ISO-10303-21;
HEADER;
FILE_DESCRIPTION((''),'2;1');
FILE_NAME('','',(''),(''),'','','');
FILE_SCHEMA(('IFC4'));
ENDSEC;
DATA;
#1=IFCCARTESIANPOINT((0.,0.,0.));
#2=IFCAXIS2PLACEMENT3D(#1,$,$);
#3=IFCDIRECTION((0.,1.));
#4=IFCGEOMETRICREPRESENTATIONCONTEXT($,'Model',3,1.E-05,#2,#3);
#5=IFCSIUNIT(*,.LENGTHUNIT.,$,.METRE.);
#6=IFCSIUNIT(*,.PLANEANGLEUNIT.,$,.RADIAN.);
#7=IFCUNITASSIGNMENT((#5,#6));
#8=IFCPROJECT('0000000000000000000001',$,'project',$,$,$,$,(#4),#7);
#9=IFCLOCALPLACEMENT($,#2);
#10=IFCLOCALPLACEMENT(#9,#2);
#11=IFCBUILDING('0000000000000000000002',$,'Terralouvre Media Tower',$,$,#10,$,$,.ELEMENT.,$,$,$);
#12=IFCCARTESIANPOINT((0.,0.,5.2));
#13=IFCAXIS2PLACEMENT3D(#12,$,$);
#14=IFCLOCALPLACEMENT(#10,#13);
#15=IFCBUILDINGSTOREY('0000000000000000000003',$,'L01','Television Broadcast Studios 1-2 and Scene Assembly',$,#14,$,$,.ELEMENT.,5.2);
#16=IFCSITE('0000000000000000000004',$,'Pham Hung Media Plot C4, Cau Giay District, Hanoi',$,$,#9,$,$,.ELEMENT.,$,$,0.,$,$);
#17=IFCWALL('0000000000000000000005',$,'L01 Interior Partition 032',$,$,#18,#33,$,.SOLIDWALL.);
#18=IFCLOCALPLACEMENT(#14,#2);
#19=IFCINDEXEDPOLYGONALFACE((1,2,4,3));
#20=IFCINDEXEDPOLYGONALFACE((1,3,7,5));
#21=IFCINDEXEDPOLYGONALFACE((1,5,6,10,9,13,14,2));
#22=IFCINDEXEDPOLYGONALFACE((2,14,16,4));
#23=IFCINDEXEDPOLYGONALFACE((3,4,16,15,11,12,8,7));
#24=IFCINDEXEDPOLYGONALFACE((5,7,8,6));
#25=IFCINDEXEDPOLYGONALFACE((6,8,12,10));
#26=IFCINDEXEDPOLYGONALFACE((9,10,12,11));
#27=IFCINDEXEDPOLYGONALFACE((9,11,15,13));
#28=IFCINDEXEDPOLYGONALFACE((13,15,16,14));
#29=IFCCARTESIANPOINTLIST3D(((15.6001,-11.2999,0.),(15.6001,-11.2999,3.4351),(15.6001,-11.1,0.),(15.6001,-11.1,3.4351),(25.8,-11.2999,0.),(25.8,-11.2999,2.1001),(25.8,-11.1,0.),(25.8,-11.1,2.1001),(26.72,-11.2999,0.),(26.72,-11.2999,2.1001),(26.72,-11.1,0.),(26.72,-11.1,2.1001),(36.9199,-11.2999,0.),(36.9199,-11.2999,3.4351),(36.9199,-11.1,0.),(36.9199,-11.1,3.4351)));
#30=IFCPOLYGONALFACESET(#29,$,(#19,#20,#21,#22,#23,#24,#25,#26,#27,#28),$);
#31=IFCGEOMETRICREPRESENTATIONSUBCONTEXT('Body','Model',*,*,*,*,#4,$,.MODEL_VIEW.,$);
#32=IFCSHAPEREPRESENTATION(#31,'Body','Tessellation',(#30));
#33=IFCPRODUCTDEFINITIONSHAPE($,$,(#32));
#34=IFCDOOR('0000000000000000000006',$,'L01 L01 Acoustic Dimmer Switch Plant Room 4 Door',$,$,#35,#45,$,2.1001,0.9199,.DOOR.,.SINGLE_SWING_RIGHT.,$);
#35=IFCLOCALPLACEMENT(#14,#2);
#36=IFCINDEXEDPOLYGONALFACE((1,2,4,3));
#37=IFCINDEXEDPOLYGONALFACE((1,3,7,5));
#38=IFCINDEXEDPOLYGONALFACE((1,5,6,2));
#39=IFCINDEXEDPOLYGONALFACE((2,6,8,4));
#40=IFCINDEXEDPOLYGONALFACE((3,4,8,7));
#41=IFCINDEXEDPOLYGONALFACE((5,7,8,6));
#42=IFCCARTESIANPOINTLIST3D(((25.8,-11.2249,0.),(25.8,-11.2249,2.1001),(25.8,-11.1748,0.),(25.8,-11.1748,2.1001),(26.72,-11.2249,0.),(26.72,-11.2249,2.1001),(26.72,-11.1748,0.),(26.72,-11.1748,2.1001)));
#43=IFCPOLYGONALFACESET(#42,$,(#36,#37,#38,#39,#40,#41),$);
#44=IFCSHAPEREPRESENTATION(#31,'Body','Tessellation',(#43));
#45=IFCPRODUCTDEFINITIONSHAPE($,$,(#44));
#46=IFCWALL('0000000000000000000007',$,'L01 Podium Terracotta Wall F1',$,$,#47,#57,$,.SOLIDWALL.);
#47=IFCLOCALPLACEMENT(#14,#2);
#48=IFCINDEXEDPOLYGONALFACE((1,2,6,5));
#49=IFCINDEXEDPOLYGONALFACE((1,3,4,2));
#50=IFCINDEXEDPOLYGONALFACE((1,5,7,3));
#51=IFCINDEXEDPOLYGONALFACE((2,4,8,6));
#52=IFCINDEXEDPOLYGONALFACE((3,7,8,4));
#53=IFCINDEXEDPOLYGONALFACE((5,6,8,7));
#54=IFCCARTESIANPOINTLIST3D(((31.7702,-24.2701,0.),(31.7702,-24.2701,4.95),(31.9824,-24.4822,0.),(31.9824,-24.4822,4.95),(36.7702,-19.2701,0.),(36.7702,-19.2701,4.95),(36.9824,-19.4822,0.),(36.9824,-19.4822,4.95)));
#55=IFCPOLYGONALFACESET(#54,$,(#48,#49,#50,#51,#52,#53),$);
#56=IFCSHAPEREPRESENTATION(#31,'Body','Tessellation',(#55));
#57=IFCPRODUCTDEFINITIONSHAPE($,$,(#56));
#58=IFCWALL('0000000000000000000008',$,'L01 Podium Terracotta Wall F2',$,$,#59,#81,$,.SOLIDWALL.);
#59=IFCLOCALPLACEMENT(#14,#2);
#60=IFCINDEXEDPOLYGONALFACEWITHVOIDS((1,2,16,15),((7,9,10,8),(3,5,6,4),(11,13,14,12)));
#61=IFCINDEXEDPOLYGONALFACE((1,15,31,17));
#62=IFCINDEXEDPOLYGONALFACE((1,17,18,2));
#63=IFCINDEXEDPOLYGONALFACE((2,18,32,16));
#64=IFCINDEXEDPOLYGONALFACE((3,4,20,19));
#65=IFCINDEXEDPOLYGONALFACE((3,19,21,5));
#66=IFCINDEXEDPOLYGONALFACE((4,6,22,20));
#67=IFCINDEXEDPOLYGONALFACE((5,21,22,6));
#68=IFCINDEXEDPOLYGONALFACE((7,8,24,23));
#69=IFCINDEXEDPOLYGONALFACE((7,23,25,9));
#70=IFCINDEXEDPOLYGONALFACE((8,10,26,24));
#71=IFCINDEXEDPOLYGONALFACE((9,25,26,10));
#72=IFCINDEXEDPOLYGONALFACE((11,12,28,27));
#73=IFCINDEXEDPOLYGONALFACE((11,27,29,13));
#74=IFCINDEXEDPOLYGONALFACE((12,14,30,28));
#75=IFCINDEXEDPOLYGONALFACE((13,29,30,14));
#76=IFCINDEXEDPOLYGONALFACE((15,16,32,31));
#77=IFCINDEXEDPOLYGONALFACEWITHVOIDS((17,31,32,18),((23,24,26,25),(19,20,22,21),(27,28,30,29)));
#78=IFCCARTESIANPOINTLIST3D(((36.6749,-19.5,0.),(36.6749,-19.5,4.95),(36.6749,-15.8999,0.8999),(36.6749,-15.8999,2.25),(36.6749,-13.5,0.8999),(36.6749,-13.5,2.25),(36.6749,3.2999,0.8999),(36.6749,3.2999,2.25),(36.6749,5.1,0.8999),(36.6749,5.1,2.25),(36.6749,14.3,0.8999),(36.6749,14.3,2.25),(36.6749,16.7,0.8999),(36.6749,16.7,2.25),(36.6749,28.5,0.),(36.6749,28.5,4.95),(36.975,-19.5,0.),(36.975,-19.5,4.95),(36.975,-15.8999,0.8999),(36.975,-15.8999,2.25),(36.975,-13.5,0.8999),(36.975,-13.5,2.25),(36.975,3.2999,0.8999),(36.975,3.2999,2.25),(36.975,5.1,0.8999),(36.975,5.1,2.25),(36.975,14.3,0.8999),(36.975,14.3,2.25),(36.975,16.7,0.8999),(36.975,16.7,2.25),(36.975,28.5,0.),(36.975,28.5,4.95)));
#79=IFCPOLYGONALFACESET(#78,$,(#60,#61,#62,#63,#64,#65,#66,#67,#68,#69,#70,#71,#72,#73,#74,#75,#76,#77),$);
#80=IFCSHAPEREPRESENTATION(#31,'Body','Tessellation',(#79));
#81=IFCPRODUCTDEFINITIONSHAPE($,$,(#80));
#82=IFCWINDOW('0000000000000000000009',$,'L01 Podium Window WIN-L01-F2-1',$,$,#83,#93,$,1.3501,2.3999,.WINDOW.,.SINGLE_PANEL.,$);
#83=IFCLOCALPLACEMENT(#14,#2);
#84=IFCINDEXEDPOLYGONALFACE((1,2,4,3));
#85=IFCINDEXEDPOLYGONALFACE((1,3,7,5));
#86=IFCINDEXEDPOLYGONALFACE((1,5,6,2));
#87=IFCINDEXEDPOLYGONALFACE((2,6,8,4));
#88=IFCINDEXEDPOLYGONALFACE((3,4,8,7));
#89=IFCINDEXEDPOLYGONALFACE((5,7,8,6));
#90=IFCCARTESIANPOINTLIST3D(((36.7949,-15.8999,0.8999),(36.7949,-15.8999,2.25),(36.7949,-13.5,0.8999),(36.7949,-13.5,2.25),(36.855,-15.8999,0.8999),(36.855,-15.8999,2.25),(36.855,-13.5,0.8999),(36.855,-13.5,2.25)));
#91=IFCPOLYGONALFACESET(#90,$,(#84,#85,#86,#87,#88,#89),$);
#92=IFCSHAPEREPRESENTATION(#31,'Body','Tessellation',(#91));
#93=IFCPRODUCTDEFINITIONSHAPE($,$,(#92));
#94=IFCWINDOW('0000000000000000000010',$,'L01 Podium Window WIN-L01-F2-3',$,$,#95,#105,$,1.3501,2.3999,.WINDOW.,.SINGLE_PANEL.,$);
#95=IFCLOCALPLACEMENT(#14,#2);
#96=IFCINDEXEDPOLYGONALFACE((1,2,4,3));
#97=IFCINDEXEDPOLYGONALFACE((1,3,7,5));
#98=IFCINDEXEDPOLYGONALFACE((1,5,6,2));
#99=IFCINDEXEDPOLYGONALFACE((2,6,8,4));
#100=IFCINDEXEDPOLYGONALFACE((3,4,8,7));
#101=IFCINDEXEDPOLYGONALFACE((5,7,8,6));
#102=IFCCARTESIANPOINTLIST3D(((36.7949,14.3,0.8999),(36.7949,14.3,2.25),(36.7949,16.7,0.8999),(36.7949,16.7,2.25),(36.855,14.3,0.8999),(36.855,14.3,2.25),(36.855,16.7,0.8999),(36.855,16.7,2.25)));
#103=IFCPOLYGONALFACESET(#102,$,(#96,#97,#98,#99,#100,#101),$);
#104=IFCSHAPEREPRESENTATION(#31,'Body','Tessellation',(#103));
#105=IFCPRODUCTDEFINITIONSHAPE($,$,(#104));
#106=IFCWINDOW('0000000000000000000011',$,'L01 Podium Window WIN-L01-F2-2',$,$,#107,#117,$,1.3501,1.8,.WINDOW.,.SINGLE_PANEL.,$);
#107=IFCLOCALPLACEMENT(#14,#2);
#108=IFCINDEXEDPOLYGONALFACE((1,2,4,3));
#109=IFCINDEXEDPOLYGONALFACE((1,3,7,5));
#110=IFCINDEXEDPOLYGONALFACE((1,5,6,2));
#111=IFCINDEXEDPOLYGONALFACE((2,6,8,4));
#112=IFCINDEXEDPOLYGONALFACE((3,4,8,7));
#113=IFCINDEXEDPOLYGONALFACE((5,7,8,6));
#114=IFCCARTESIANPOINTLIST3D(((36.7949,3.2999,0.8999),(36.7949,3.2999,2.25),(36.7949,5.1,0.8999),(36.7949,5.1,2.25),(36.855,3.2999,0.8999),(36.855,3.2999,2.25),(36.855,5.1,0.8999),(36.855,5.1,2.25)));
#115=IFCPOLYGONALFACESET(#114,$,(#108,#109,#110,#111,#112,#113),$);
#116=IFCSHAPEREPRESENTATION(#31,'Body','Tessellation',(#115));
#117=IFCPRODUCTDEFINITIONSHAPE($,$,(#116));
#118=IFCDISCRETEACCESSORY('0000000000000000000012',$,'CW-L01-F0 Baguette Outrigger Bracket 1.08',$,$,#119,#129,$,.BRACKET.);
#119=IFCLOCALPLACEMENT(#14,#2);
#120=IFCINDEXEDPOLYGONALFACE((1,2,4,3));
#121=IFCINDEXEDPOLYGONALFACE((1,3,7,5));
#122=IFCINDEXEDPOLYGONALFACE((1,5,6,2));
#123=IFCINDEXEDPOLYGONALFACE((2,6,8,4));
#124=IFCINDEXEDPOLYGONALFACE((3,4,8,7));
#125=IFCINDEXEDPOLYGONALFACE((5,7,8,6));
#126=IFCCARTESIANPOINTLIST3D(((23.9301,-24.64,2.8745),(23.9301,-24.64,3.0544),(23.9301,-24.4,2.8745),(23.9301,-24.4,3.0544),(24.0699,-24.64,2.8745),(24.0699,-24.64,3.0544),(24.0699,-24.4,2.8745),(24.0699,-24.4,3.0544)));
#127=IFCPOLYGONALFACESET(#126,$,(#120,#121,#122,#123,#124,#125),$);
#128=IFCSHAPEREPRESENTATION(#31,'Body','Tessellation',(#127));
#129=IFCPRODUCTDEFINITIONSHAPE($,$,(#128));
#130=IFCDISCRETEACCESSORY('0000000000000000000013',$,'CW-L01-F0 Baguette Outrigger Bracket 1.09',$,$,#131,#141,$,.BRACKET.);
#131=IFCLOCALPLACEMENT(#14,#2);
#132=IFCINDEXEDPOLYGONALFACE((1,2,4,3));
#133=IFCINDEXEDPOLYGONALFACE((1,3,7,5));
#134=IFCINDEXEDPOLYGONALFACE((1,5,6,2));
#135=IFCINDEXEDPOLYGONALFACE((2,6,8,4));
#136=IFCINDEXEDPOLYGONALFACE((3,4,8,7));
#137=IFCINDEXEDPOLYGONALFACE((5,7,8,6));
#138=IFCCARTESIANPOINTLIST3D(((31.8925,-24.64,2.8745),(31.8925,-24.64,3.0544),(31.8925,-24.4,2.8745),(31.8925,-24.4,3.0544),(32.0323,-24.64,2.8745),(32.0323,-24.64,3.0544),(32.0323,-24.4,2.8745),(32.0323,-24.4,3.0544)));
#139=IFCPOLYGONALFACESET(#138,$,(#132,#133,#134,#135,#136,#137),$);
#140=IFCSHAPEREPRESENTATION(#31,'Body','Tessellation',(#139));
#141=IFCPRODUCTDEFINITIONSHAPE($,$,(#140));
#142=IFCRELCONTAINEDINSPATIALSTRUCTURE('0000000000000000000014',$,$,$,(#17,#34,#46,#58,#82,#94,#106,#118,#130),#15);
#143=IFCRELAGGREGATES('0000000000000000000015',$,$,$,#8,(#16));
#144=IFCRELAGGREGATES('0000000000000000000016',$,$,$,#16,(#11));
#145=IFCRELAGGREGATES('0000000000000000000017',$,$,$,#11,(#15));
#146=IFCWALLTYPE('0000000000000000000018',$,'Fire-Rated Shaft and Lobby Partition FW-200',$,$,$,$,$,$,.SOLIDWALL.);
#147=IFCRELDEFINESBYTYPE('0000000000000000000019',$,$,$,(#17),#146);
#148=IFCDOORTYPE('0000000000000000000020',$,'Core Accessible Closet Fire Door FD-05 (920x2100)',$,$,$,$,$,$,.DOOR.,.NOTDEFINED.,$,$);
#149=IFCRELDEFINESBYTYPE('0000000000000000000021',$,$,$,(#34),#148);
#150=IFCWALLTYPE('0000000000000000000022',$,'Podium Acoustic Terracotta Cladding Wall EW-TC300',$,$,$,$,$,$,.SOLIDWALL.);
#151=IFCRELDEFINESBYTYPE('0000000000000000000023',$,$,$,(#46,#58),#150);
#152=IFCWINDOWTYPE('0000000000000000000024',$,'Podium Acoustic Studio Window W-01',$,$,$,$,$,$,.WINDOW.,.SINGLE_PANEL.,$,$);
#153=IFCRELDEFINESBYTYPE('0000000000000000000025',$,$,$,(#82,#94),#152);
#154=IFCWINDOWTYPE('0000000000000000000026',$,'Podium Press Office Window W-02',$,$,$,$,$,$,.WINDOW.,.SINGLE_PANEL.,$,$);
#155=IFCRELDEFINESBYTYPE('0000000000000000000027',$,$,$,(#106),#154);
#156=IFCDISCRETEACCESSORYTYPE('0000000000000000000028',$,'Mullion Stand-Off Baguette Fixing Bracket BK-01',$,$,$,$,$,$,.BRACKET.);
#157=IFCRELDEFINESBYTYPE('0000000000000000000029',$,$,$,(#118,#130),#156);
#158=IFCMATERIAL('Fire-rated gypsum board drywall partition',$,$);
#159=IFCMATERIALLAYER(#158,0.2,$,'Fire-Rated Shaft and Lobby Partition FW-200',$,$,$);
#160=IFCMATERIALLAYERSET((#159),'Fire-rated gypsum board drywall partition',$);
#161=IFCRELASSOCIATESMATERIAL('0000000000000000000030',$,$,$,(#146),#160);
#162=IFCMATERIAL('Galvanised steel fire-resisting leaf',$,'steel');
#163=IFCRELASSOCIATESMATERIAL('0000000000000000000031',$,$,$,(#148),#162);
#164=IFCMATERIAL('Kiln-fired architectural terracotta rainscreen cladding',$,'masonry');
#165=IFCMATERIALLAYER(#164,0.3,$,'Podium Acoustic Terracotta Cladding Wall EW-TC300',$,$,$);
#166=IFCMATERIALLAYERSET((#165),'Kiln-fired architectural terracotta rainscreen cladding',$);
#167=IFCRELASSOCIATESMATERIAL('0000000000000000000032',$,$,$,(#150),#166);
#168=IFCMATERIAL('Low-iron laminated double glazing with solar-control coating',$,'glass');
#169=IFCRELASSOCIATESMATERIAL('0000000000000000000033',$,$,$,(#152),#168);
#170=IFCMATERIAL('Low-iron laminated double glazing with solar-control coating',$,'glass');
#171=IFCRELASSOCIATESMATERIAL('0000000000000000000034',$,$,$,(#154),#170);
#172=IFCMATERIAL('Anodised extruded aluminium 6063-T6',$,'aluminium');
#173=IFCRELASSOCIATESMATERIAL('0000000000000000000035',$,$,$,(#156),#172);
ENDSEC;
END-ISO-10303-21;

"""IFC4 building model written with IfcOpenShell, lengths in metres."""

from ifc_helpers import new_model, si_unit, direction, frame, frame_2d, origin, origin_2d, place, context, subcontext, project, spatial, rectangle, extrude, material, layer, layer_set, type_object, element, fill, save


model = new_model("IFC4")

# Units and contexts
model_context = context("Model", 3, precision=1e-05, world=origin(), true_north=direction((0.0, 1.0)))
body_context = subcontext(model_context, "Body", "Model", "MODEL_VIEW")
ifc_project = project(units=[si_unit("LENGTHUNIT", "METRE"), si_unit("PLANEANGLEUNIT", "RADIAN")], contexts=[model_context])

# Site, building, storey
site_placement = place(None, origin())
site = spatial("IfcSite", under=ifc_project, at=site_placement, Name="Pham Hung Media Plot C4, Cau Giay District, Hanoi", CompositionType="ELEMENT", RefElevation=0.0)
building_placement = place(site_placement, origin())
building = spatial("IfcBuilding", under=site, at=building_placement, Name="Terralouvre Media Tower", CompositionType="ELEMENT")
storey_placement = place(building_placement, frame((0.0, 0.0, 5.2)))
storey = spatial("IfcBuildingStorey", under=building, at=storey_placement, Name="L01", Description="Television Broadcast Studios 1-2 and Scene Assembly", CompositionType="ELEMENT", Elevation=5.2)

# Wall, opening, door
ifc_material_1 = material(Name="Fire-rated gypsum board drywall partition")
ifc_layer_1 = layer(ifc_material_1, 0.2, Name="Fire-Rated Shaft and Lobby Partition FW-200")
ifc_layer_set_1 = layer_set([ifc_layer_1], Name="Fire-rated gypsum board drywall partition")
wall_type_1 = type_object("IfcWallType", Name="Fire-Rated Shaft and Lobby Partition FW-200", PredefinedType="SOLIDWALL", material=ifc_layer_set_1)
wall_1_placement = place(storey_placement, frame((36.9199, -11.2, 0.0), z_axis=(0.0, 0.0, 1.0), x_axis=(-1.0, 0.0, 0.0)))
wall_1 = element("IfcWall", 1, at=wall_1_placement, inside=storey, type_object=wall_type_1, Name="L01 Interior Partition 032", PredefinedType="SOLIDWALL", context=body_context, shape_type="SweptSolid", body=[
    extrude(rectangle(XDim=21.3198, YDim=0.2, at=frame_2d((10.6599, 0.0))), origin(), (0.0, 0.0, 1.0), 3.4351),
])
opening_1_placement = place(wall_1_placement, frame((10.2, 0.0, 0.0)))
opening_1 = element("IfcOpeningElement", 2, at=opening_1_placement, cuts=wall_1, PredefinedType="OPENING", context=body_context, shape_type="SweptSolid", body=[
    extrude(rectangle(XDim=0.9199, YDim=2.1001, at=frame_2d((0.46, 1.05))), frame((0.0, 0.1099, 0.0), z_axis=(0.0, -1.0, 0.0), x_axis=(1.0, 0.0, 0.0)), (0.0, 0.0, 1.0), 0.22),
])
ifc_material_2 = material(Name="Galvanised steel fire-resisting leaf", Category="steel")
door_type = type_object("IfcDoorType", Name="Core Accessible Closet Fire Door FD-05 (920x2100)", OperationType="NOTDEFINED", PredefinedType="DOOR", material=ifc_material_2)
door_placement = place(opening_1_placement, origin())
door = element("IfcDoor", 3, at=door_placement, inside=storey, type_object=door_type, Name="L01 L01 Acoustic Dimmer Switch Plant Room 4 Door", OperationType="SINGLE_SWING_RIGHT", OverallHeight=2.1001, OverallWidth=0.9199, PredefinedType="DOOR", context=body_context, shape_type="SweptSolid", body=[
    extrude(rectangle(XDim=0.9199, YDim=2.1001, at=frame_2d((0.46, 1.05))), frame((0.0, 0.0249, 0.0), z_axis=(0.0, -1.0, 0.0), x_axis=(1.0, 0.0, 0.0)), (0.0, 0.0, 1.0), 0.05),
])
fill(opening_1, door)

# Wall
ifc_material_3 = material(Name="Kiln-fired architectural terracotta rainscreen cladding", Category="masonry")
ifc_layer_2 = layer(ifc_material_3, 0.3, Name="Podium Acoustic Terracotta Cladding Wall EW-TC300")
ifc_layer_set_2 = layer_set([ifc_layer_2], Name="Kiln-fired architectural terracotta rainscreen cladding")
wall_type_2 = type_object("IfcWallType", Name="Podium Acoustic Terracotta Cladding Wall EW-TC300", PredefinedType="SOLIDWALL", material=ifc_layer_set_2)
wall_2_placement = place(storey_placement, frame((31.8762, -24.3762, 0.0), z_axis=(0.0, 0.0, 1.0), x_axis=(0.707107, 0.707107, 0.0)))
element("IfcWall", 4, at=wall_2_placement, inside=storey, type_object=wall_type_2, Name="L01 Podium Terracotta Wall F1", PredefinedType="SOLIDWALL", context=body_context, shape_type="SweptSolid", body=[
    extrude(rectangle(XDim=7.071, YDim=0.3, at=frame_2d((3.5356, 0.0))), origin(), (0.0, 0.0, 1.0), 4.95),
])

# Wall, openings, windows
wall_3_placement = place(storey_placement, frame((36.825, -19.5, 0.0), z_axis=(0.0, 0.0, 1.0), x_axis=(0.0, 1.0, 0.0)))
wall_3 = element("IfcWall", 5, at=wall_3_placement, inside=storey, type_object=wall_type_2, Name="L01 Podium Terracotta Wall F2", PredefinedType="SOLIDWALL", context=body_context, shape_type="SweptSolid", body=[
    extrude(rectangle(XDim=48.0, YDim=0.3, at=frame_2d((24.0, 0.0))), origin(), (0.0, 0.0, 1.0), 4.95),
])
opening_2_placement = place(wall_3_placement, frame((3.6001, 0.0, 0.8999)))
opening_2 = element("IfcOpeningElement", 6, at=opening_2_placement, cuts=wall_3, PredefinedType="OPENING", context=body_context, shape_type="SweptSolid", body=[
    extrude(rectangle(XDim=2.3999, YDim=1.3501, at=frame_2d((1.2, 0.675))), frame((0.0, 0.1599, 0.0), z_axis=(0.0, -1.0, 0.0), x_axis=(1.0, 0.0, 0.0)), (0.0, 0.0, 1.0), 0.3201),
])
opening_3_placement = place(wall_3_placement, frame((22.8, 0.0, 0.8999)))
opening_3 = element("IfcOpeningElement", 7, at=opening_3_placement, cuts=wall_3, PredefinedType="OPENING", context=body_context, shape_type="SweptSolid", body=[
    extrude(rectangle(XDim=1.8, YDim=1.3501, at=frame_2d((0.8999, 0.675))), frame((0.0, 0.1599, 0.0), z_axis=(0.0, -1.0, 0.0), x_axis=(1.0, 0.0, 0.0)), (0.0, 0.0, 1.0), 0.3201),
])
opening_4_placement = place(wall_3_placement, frame((33.8, 0.0, 0.8999)))
opening_4 = element("IfcOpeningElement", 8, at=opening_4_placement, cuts=wall_3, PredefinedType="OPENING", context=body_context, shape_type="SweptSolid", body=[
    extrude(rectangle(XDim=2.3999, YDim=1.3501, at=frame_2d((1.2, 0.675))), frame((0.0, 0.1599, 0.0), z_axis=(0.0, -1.0, 0.0), x_axis=(1.0, 0.0, 0.0)), (0.0, 0.0, 1.0), 0.3201),
])
ifc_material_4 = material(Name="Low-iron laminated double glazing with solar-control coating", Category="glass")
window_type_1 = type_object("IfcWindowType", Name="Podium Acoustic Studio Window W-01", PartitioningType="SINGLE_PANEL", PredefinedType="WINDOW", material=ifc_material_4)
window_1_placement = place(opening_2_placement, origin())
window_1 = element("IfcWindow", 9, at=window_1_placement, inside=storey, type_object=window_type_1, Name="L01 Podium Window WIN-L01-F2-1", OverallHeight=1.3501, OverallWidth=2.3999, PartitioningType="SINGLE_PANEL", PredefinedType="WINDOW", context=body_context, shape_type="SweptSolid", body=[
    extrude(rectangle(XDim=2.3999, YDim=1.3501, at=frame_2d((1.2, 0.675))), frame((0.0, 0.03, 0.0), z_axis=(0.0, -1.0, 0.0), x_axis=(1.0, 0.0, 0.0)), (0.0, 0.0, 1.0), 0.0601),
])
fill(opening_2, window_1)
window_2_placement = place(opening_4_placement, origin())
window_2 = element("IfcWindow", 10, at=window_2_placement, inside=storey, type_object=window_type_1, Name="L01 Podium Window WIN-L01-F2-3", OverallHeight=1.3501, OverallWidth=2.3999, PartitioningType="SINGLE_PANEL", PredefinedType="WINDOW", context=body_context, shape_type="SweptSolid", body=[
    extrude(rectangle(XDim=2.3999, YDim=1.3501, at=frame_2d((1.2, 0.675))), frame((0.0, 0.03, 0.0), z_axis=(0.0, -1.0, 0.0), x_axis=(1.0, 0.0, 0.0)), (0.0, 0.0, 1.0), 0.0601),
])
fill(opening_4, window_2)
ifc_material_5 = material(Name="Low-iron laminated double glazing with solar-control coating", Category="glass")
window_type_2 = type_object("IfcWindowType", Name="Podium Press Office Window W-02", PartitioningType="SINGLE_PANEL", PredefinedType="WINDOW", material=ifc_material_5)
window_3_placement = place(opening_3_placement, origin())
window_3 = element("IfcWindow", 11, at=window_3_placement, inside=storey, type_object=window_type_2, Name="L01 Podium Window WIN-L01-F2-2", OverallHeight=1.3501, OverallWidth=1.8, PartitioningType="SINGLE_PANEL", PredefinedType="WINDOW", context=body_context, shape_type="SweptSolid", body=[
    extrude(rectangle(XDim=1.8, YDim=1.3501, at=frame_2d((0.8999, 0.675))), frame((0.0, 0.03, 0.0), z_axis=(0.0, -1.0, 0.0), x_axis=(1.0, 0.0, 0.0)), (0.0, 0.0, 1.0), 0.0601),
])
fill(opening_3, window_3)

# Discrete accessories
ifc_material_6 = material(Name="Anodised extruded aluminium 6063-T6", Category="aluminium")
discrete_accessory_type = type_object("IfcDiscreteAccessoryType", Name="Mullion Stand-Off Baguette Fixing Bracket BK-01", PredefinedType="BRACKET", material=ifc_material_6)
for number, where, z_axis, x_axis, name in (
    (12, (24.0, -24.52, 2.8745), (0.0, 0.0, 1.0), (1.0, 0.0, 0.0), "CW-L01-F0 Baguette Outrigger Bracket 1.08"),
    (13, (31.9624, -24.52, 2.8745), (0.0, 0.0, 1.0), (1.0, 0.0, 0.0), "CW-L01-F0 Baguette Outrigger Bracket 1.09"),
):
    element("IfcDiscreteAccessory", number, at=place(storey_placement, frame(where, z_axis=z_axis, x_axis=x_axis)), inside=storey, type_object=discrete_accessory_type, Name=name, PredefinedType="BRACKET", context=body_context, shape_type="SweptSolid", body=[
        extrude(rectangle(XDim=0.1399, YDim=0.24, at=origin_2d()), origin(), (0.0, 0.0, 1.0), 0.1799),
    ])

save(model, "model.ifc")
